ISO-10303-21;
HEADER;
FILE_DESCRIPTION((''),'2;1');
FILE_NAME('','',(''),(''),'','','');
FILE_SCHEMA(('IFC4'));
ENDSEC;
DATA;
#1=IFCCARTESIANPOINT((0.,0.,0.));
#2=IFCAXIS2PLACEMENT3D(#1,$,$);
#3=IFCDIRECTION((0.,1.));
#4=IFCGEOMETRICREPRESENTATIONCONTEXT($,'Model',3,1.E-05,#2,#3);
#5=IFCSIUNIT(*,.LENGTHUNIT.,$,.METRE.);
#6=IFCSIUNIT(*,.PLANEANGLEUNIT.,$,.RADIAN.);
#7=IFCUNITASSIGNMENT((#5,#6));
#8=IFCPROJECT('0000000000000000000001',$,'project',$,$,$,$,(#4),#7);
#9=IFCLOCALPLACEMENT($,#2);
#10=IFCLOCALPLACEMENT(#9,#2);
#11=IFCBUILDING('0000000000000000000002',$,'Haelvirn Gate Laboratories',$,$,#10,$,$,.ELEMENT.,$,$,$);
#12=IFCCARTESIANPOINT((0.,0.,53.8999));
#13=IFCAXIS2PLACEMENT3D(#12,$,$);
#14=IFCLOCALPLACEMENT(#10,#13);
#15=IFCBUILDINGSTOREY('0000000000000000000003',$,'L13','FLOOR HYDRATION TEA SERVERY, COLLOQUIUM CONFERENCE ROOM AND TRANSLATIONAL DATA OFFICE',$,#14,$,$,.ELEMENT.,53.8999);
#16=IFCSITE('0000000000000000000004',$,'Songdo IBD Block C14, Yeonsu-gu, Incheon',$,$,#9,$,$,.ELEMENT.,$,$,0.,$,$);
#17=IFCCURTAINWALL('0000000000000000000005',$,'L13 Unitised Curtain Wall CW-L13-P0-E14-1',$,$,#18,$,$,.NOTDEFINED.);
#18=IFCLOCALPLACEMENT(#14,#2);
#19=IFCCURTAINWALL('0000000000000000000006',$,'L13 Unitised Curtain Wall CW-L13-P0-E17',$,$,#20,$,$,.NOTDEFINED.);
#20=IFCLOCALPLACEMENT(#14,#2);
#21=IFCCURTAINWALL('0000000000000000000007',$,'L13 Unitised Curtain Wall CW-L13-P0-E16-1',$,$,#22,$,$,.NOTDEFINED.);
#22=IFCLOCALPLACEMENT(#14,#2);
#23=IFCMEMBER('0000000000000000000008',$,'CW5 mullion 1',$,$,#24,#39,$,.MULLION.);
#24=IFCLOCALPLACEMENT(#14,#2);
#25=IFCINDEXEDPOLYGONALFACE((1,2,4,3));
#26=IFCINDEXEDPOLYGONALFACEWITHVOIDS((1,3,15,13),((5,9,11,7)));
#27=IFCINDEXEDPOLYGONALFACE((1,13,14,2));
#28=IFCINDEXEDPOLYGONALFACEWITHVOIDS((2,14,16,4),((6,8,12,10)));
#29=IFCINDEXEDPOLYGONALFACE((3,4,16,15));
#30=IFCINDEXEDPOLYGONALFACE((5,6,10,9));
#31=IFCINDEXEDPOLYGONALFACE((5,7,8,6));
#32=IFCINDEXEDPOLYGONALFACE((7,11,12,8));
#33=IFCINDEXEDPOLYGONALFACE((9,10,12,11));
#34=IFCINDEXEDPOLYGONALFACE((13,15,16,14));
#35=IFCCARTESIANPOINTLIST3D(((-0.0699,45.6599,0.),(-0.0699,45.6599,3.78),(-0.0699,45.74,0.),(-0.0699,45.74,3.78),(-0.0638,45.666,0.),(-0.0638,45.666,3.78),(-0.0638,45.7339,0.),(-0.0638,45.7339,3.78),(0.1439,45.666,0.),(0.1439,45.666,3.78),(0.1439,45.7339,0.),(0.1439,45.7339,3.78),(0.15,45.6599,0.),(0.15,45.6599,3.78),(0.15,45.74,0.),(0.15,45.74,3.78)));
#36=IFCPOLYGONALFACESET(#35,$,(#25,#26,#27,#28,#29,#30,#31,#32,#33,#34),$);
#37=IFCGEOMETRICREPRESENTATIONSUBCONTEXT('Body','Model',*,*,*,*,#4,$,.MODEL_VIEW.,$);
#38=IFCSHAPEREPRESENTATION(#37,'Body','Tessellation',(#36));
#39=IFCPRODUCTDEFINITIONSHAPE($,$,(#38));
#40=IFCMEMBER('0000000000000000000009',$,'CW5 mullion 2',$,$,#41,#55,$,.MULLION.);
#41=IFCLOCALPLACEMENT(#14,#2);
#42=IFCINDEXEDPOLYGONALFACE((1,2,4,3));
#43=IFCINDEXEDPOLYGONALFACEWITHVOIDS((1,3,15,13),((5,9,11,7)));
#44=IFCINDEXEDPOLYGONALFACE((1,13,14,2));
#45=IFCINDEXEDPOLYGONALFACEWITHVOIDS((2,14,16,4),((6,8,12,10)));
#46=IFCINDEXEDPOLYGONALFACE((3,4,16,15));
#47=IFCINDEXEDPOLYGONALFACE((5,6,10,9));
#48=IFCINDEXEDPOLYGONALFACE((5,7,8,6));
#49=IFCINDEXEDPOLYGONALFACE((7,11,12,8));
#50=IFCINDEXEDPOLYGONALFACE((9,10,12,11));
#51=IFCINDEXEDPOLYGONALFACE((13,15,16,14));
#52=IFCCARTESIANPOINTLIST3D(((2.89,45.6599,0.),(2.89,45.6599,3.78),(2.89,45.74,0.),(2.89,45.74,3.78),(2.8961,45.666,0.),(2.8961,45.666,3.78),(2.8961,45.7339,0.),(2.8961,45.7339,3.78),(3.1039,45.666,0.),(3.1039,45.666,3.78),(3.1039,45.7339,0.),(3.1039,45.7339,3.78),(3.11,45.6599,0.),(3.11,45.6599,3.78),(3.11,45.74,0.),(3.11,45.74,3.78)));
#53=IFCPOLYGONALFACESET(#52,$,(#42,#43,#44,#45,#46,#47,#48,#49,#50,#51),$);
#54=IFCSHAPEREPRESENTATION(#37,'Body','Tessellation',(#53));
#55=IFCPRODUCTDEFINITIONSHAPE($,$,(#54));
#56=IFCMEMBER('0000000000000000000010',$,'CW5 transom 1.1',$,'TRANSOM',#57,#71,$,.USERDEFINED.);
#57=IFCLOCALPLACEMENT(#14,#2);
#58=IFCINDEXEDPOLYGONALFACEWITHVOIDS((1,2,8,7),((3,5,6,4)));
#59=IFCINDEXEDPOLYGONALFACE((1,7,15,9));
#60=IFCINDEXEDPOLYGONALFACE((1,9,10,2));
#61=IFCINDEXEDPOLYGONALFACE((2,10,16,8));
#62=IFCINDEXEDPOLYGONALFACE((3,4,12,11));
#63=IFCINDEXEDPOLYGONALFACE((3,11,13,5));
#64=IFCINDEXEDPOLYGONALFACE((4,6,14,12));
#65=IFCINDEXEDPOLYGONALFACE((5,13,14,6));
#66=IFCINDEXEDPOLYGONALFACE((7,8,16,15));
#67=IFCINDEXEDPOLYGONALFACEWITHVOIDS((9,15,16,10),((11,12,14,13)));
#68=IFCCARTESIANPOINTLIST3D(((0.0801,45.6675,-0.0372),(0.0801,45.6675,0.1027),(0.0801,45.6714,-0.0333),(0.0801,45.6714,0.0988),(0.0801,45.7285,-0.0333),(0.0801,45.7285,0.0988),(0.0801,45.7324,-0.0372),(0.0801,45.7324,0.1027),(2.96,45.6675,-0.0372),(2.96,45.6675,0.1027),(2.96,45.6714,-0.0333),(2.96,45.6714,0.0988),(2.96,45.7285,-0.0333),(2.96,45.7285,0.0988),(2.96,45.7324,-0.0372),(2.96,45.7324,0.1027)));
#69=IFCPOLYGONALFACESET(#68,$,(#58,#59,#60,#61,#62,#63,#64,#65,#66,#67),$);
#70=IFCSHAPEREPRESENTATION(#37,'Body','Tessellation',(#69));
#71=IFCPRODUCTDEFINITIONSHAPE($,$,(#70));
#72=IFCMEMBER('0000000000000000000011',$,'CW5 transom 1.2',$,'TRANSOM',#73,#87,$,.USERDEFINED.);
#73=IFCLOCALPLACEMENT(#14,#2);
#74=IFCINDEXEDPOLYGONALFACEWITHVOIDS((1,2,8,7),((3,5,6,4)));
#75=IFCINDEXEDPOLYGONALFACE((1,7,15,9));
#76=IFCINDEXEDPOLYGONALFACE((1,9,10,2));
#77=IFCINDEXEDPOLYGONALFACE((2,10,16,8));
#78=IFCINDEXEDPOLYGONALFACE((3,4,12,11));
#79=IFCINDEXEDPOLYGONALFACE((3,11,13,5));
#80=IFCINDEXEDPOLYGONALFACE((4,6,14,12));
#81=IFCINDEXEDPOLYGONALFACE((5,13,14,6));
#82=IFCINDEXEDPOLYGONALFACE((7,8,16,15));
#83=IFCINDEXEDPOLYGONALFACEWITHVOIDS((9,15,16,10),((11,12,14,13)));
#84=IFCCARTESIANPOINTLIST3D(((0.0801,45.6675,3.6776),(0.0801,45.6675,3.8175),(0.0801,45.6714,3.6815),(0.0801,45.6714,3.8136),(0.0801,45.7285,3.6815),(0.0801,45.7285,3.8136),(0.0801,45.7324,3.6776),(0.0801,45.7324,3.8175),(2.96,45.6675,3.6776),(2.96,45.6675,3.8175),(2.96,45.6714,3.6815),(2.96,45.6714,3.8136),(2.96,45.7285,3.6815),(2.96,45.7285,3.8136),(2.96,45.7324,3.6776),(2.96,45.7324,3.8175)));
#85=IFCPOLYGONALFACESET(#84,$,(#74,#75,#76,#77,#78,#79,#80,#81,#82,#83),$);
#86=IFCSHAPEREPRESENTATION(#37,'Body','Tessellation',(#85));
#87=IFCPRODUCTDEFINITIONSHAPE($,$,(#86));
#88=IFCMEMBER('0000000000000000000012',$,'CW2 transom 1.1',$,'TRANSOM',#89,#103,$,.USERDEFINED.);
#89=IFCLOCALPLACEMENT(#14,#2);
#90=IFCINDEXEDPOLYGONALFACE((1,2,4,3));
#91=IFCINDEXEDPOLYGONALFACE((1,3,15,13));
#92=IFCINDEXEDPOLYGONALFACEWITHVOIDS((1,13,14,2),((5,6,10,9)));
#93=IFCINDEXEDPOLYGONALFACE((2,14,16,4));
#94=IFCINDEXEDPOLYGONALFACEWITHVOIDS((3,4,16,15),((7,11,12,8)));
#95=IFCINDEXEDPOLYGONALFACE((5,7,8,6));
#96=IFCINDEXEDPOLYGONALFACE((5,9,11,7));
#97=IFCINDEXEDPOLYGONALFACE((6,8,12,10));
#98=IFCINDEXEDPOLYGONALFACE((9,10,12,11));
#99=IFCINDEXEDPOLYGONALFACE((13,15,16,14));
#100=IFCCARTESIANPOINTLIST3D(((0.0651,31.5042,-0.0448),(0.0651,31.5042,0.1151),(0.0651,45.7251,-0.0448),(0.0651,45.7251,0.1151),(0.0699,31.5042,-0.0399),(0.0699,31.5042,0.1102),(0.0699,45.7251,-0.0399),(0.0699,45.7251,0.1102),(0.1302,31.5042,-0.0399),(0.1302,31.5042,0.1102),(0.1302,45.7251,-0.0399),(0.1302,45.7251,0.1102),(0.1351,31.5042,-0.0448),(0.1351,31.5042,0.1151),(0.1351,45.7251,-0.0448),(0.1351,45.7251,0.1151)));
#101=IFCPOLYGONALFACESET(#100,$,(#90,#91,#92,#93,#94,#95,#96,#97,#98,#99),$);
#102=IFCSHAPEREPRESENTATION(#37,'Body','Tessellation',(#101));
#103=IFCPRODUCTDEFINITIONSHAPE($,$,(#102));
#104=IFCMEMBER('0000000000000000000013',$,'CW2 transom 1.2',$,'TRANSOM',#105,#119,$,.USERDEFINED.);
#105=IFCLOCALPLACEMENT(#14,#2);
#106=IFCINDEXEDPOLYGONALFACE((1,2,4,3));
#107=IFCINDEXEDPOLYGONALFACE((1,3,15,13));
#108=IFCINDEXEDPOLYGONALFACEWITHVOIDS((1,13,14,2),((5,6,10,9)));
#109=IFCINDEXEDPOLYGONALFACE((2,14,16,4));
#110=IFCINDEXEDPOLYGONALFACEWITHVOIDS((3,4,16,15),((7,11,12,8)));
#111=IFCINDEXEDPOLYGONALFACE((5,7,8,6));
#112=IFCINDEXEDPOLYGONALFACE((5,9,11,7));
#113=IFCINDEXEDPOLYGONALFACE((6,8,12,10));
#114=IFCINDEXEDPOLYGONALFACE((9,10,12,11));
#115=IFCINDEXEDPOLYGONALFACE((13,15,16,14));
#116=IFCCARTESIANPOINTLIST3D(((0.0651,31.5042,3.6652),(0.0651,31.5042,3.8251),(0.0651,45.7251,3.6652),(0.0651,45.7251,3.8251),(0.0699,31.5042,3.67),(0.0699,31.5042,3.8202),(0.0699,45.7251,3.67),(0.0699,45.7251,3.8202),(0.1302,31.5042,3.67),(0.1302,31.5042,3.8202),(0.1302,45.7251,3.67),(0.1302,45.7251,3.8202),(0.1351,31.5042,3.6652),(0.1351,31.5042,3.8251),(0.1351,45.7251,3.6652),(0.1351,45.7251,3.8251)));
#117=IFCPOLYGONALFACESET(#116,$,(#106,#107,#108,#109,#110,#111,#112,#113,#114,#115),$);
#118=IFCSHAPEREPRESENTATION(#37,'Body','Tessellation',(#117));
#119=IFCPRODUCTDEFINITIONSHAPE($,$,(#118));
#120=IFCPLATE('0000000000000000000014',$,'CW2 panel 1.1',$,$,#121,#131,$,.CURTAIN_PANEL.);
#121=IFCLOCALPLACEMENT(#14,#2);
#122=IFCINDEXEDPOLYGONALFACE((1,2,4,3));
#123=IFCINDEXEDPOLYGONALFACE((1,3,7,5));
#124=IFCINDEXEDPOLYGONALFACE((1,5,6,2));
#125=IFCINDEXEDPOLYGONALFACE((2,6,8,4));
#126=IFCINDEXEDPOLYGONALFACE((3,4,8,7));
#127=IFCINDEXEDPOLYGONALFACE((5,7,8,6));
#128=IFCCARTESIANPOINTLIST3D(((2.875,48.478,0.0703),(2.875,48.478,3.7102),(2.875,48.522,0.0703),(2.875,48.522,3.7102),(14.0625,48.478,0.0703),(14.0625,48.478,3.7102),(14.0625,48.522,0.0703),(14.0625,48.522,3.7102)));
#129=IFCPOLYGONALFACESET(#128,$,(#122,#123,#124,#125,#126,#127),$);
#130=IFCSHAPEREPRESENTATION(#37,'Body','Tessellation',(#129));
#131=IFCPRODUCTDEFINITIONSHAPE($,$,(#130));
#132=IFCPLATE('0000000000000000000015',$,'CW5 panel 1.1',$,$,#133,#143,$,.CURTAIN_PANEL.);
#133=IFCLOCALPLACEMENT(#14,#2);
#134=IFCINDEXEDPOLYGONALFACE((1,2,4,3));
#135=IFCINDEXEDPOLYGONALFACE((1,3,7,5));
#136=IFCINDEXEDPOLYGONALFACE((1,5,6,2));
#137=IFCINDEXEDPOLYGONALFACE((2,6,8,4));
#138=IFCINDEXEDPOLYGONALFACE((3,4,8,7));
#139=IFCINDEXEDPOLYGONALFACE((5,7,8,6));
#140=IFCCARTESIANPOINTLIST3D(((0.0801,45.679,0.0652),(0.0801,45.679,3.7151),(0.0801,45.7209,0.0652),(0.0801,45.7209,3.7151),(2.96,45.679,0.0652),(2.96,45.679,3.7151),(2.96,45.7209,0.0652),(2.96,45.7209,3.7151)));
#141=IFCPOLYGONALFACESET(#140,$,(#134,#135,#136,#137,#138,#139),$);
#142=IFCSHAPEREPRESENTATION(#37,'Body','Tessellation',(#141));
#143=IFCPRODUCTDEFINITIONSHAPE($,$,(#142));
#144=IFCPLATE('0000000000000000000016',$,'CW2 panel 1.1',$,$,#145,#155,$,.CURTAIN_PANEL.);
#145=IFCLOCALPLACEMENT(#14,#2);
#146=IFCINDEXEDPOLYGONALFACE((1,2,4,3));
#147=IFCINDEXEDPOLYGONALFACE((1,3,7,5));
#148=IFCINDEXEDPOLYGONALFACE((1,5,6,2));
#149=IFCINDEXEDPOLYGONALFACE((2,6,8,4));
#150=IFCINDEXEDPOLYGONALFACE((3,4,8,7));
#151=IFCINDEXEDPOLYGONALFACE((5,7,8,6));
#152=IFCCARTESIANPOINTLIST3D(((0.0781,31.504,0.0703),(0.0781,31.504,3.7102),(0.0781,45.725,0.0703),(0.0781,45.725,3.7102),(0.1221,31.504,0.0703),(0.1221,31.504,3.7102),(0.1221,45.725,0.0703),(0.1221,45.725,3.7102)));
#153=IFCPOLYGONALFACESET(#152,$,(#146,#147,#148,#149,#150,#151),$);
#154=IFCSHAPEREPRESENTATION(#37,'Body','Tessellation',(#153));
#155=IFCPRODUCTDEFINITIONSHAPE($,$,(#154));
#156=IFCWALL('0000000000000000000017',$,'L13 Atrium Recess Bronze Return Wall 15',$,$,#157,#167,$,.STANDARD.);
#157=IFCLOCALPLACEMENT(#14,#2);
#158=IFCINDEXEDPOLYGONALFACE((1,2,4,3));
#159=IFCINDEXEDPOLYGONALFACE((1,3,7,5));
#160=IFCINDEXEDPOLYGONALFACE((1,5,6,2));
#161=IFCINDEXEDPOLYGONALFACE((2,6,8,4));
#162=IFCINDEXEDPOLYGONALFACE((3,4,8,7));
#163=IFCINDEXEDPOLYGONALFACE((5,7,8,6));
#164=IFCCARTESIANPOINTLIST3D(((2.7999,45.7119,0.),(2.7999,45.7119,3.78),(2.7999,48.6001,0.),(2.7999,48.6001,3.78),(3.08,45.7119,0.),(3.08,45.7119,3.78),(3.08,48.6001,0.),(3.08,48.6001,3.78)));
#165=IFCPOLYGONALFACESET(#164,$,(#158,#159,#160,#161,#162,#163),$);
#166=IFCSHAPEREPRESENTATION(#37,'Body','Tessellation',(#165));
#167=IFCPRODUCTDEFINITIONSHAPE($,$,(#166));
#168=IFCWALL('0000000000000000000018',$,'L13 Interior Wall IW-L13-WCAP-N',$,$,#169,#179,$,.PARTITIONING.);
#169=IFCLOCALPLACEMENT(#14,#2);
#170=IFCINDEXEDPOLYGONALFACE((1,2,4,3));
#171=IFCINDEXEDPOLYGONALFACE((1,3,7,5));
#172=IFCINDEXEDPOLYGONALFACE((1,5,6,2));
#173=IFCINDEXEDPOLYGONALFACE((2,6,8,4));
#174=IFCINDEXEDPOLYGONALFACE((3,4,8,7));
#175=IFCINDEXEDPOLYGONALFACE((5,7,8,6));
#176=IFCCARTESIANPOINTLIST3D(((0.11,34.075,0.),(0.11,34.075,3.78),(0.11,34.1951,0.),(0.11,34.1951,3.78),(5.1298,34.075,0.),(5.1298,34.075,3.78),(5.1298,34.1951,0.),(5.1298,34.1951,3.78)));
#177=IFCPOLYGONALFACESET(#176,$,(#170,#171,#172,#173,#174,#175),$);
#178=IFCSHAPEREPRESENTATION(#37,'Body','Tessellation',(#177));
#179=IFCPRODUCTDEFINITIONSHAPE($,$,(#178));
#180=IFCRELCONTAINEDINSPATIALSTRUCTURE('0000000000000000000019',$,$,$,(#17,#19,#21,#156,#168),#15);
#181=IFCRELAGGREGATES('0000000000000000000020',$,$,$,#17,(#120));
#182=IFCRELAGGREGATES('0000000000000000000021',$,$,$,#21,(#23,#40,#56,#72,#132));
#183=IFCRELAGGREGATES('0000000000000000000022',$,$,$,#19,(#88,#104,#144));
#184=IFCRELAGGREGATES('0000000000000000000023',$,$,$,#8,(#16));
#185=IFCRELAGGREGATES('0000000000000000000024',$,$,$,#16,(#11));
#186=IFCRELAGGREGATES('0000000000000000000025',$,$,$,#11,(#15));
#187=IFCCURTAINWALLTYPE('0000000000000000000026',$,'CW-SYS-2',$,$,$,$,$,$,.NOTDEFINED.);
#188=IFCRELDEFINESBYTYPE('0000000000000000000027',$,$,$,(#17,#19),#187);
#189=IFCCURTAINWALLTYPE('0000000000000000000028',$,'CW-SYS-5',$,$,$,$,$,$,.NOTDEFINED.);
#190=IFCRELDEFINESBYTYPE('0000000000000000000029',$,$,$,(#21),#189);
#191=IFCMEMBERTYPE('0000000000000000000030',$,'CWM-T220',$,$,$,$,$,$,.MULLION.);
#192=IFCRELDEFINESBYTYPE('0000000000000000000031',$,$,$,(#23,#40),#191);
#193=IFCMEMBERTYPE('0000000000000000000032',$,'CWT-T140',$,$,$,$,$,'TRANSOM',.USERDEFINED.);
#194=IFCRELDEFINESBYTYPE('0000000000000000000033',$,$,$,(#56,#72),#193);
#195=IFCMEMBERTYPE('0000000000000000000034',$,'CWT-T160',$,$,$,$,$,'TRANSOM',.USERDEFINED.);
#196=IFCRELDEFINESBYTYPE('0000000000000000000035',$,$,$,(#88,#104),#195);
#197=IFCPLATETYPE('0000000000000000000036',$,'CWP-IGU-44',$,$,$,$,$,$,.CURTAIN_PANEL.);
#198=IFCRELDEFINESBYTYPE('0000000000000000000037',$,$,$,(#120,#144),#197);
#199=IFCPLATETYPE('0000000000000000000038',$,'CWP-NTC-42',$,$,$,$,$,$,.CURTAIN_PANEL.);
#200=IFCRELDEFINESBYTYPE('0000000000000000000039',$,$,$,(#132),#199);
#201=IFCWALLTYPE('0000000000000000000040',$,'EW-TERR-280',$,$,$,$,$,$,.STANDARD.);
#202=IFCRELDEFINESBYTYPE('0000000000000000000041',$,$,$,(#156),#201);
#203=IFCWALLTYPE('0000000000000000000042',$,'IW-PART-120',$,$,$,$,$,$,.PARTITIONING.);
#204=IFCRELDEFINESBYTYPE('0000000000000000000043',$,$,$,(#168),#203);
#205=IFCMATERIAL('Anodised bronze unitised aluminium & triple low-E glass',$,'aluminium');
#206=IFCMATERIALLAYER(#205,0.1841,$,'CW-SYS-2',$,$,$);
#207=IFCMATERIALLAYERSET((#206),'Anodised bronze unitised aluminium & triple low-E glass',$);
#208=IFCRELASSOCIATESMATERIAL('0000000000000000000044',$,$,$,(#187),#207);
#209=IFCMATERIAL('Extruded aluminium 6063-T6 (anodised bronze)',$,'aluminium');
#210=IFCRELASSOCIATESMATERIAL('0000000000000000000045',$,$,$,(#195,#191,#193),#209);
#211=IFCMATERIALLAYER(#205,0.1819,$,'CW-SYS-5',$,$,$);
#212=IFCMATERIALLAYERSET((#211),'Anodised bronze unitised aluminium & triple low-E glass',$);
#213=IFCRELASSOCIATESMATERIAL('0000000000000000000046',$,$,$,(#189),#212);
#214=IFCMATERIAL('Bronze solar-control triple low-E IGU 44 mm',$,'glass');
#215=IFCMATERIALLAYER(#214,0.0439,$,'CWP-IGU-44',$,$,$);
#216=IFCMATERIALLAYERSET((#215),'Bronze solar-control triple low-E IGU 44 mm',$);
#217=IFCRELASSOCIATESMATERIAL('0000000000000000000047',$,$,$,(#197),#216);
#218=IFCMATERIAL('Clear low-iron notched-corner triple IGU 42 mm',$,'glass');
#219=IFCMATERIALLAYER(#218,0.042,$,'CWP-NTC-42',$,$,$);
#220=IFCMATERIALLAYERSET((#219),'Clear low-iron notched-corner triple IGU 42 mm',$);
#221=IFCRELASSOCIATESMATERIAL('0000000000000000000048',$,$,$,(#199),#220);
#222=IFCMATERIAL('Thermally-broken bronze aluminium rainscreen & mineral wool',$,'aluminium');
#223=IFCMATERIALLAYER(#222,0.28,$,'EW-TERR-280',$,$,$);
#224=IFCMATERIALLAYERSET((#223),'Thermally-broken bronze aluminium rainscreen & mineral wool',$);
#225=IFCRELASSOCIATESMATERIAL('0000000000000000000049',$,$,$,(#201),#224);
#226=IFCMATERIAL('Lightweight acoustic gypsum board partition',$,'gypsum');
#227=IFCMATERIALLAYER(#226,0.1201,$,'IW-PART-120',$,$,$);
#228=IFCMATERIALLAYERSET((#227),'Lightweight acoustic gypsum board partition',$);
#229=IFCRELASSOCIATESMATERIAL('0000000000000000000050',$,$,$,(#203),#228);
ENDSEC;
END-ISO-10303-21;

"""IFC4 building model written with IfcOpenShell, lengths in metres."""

from ifc_helpers import new_model, si_unit, direction, frame, frame_2d, origin, origin_2d, place, context, subcontext, project, spatial, rectangle, hollow_rectangle, extrude, source, transform, mapped, material, layer, layer_set, material_profile, profile_set, type_object, type_shapes, element, aggregate, save


model = new_model("IFC4")

# Units and contexts
model_context = context("Model", 3, precision=1e-05, world=origin(), true_north=direction((0.0, 1.0)))
body_context = subcontext(model_context, "Body", "Model", "MODEL_VIEW")
ifc_project = project(units=[si_unit("LENGTHUNIT", "METRE"), si_unit("PLANEANGLEUNIT", "RADIAN")], contexts=[model_context])

# Site, building, storey
site_placement = place(None, origin())
site = spatial("IfcSite", under=ifc_project, at=site_placement, Name="Songdo IBD Block C14, Yeonsu-gu, Incheon", CompositionType="ELEMENT", RefElevation=0.0)
building_placement = place(site_placement, origin())
building = spatial("IfcBuilding", under=site, at=building_placement, Name="Haelvirn Gate Laboratories", CompositionType="ELEMENT")
storey_placement = place(building_placement, frame((0.0, 0.0, 53.8999)))
storey = spatial("IfcBuildingStorey", under=building, at=storey_placement, Name="L13", Description="FLOOR HYDRATION TEA SERVERY, COLLOQUIUM CONFERENCE ROOM AND TRANSLATIONAL DATA OFFICE", CompositionType="ELEMENT", Elevation=53.8999)

# Curtain walls
ifc_material_1 = material(Name="Anodised bronze unitised aluminium & triple low-E glass", Category="aluminium")
ifc_layer_1 = layer(ifc_material_1, 0.1841, Name="CW-SYS-2")
ifc_layer_set_1 = layer_set([ifc_layer_1], Name="Anodised bronze unitised aluminium & triple low-E glass")
curtain_wall_type_1 = type_object("IfcCurtainWallType", Name="CW-SYS-2", PredefinedType="NOTDEFINED", material=ifc_layer_set_1)
curtain_wall_1_placement = place(storey_placement, origin())
curtain_wall_1 = element("IfcCurtainWall", 1, at=curtain_wall_1_placement, inside=storey, type_object=curtain_wall_type_1, Name="L13 Unitised Curtain Wall CW-L13-P0-E14-1", PredefinedType="NOTDEFINED")
ifc_material_2 = material(Name="Extruded aluminium 6063-T6 (anodised bronze)", Category="aluminium")
curtain_wall_2_placement = place(storey_placement, origin())
curtain_wall_2 = element("IfcCurtainWall", 2, at=curtain_wall_2_placement, inside=storey, type_object=curtain_wall_type_1, Name="L13 Unitised Curtain Wall CW-L13-P0-E17", PredefinedType="NOTDEFINED")

# Shared definitions
ifc_material_profile_1 = material_profile(ifc_material_2, hollow_rectangle(XDim=0.0701, YDim=0.1599, WallThickness=0.0049, at=origin_2d()), Name="CWT-160x70x5")
ifc_profile_set_1 = profile_set([ifc_material_profile_1], Name="Extruded aluminium 6063-T6 (anodised bronze)")
member_type_1 = type_object("IfcMemberType", Name="CWT-T160", ElementType="TRANSOM", PredefinedType="USERDEFINED", material=ifc_profile_set_1)

# Curtain wall, members
ifc_layer_2 = layer(ifc_material_1, 0.1819, Name="CW-SYS-5")
ifc_layer_set_2 = layer_set([ifc_layer_2], Name="Anodised bronze unitised aluminium & triple low-E glass")
curtain_wall_type_2 = type_object("IfcCurtainWallType", Name="CW-SYS-5", PredefinedType="NOTDEFINED", material=ifc_layer_set_2)
curtain_wall_3_placement = place(storey_placement, origin())
curtain_wall_3 = element("IfcCurtainWall", 3, at=curtain_wall_3_placement, inside=storey, type_object=curtain_wall_type_2, Name="L13 Unitised Curtain Wall CW-L13-P0-E16-1", PredefinedType="NOTDEFINED")
ifc_material_profile_2 = material_profile(ifc_material_2, hollow_rectangle(XDim=0.0801, YDim=0.22, WallThickness=0.0061, at=origin_2d()), Name="CWM-220x80x6")
ifc_profile_set_2 = profile_set([ifc_material_profile_2], Name="Extruded aluminium 6063-T6 (anodised bronze)")
member_type_2 = type_object("IfcMemberType", Name="CWM-T220", PredefinedType="MULLION", material=ifc_profile_set_2)
shared_shape_1 = source(origin(), body_context, "Body", "SweptSolid", [
    extrude(hollow_rectangle(XDim=0.0801, YDim=0.22, WallThickness=0.0061, at=origin_2d()), origin(), (0.0, 0.0, 1.0), 3.78),
])
type_shapes(member_type_2, [shared_shape_1])
member_1_placement = place(storey_placement, frame((0.04, 45.7, 0.0), z_axis=(0.0, 0.0, 1.0), x_axis=(0.0, 1.0, 0.0)))
member_1 = element("IfcMember", 4, at=member_1_placement, type_object=member_type_2, Name="CW5 mullion 1", PredefinedType="MULLION", context=body_context, shape_type="MappedRepresentation", body=[
    mapped(shared_shape_1, transform((0.0, 0.0, 0.0), scale=1.0)),
])
member_2_placement = place(storey_placement, frame((3.0, 45.7, 0.0), z_axis=(0.0, 0.0, 1.0), x_axis=(0.0, 1.0, 0.0)))
member_2 = element("IfcMember", 5, at=member_2_placement, type_object=member_type_2, Name="CW5 mullion 2", PredefinedType="MULLION", context=body_context, shape_type="MappedRepresentation", body=[
    mapped(shared_shape_1, transform((0.0, 0.0, 0.0), scale=1.0)),
])
ifc_material_profile_3 = material_profile(ifc_material_2, hollow_rectangle(XDim=0.0649, YDim=0.1399, WallThickness=0.0039, at=origin_2d()), Name="CWT-140x65x4")
ifc_profile_set_3 = profile_set([ifc_material_profile_3], Name="Extruded aluminium 6063-T6 (anodised bronze)")
member_type_3 = type_object("IfcMemberType", Name="CWT-T140", ElementType="TRANSOM", PredefinedType="USERDEFINED", material=ifc_profile_set_3)
shared_shape_2 = source(origin(), body_context, "Body", "SweptSolid", [
    extrude(hollow_rectangle(XDim=0.0649, YDim=0.1399, WallThickness=0.0039, at=origin_2d()), origin(), (0.0, 0.0, 1.0), 2.8799),
])
type_shapes(member_type_3, [shared_shape_2])
member_3_placement = place(storey_placement, frame((0.0801, 45.7, 0.0327), z_axis=(1.0, 0.0, 0.0), x_axis=(0.0, 1.0, 0.0)))
member_3 = element("IfcMember", 6, at=member_3_placement, type_object=member_type_3, Name="CW5 transom 1.1", ObjectType="TRANSOM", PredefinedType="USERDEFINED", context=body_context, shape_type="MappedRepresentation", body=[
    mapped(shared_shape_2, transform((0.0, 0.0, 0.0), scale=1.0)),
])
member_4_placement = place(storey_placement, frame((0.0801, 45.7, 3.7476), z_axis=(1.0, 0.0, 0.0), x_axis=(0.0, 1.0, 0.0)))
member_4 = element("IfcMember", 7, at=member_4_placement, type_object=member_type_3, Name="CW5 transom 1.2", ObjectType="TRANSOM", PredefinedType="USERDEFINED", context=body_context, shape_type="MappedRepresentation", body=[
    mapped(shared_shape_2, transform((0.0, 0.0, 0.0), scale=1.0)),
])

# Members
shared_shape_3 = source(origin(), body_context, "Body", "SweptSolid", [
    extrude(hollow_rectangle(XDim=0.0701, YDim=0.1599, WallThickness=0.0049, at=origin_2d()), origin(), (0.0, 0.0, 1.0), 14.2209),
])
member_5_placement = place(storey_placement, frame((0.1001, 45.7251, 0.0352), z_axis=(0.0, -1.0, 0.0), x_axis=(1.0, 0.0, 0.0)))
member_5 = element("IfcMember", 8, at=member_5_placement, type_object=member_type_1, Name="CW2 transom 1.1", ObjectType="TRANSOM", PredefinedType="USERDEFINED", context=body_context, shape_type="MappedRepresentation", body=[
    mapped(shared_shape_3, transform((0.0, 0.0, 0.0), scale=1.0)),
])
member_6_placement = place(storey_placement, frame((0.1001, 45.7251, 3.7451), z_axis=(0.0, -1.0, 0.0), x_axis=(1.0, 0.0, 0.0)))
member_6 = element("IfcMember", 9, at=member_6_placement, type_object=member_type_1, Name="CW2 transom 1.2", ObjectType="TRANSOM", PredefinedType="USERDEFINED", context=body_context, shape_type="MappedRepresentation", body=[
    mapped(shared_shape_3, transform((0.0, 0.0, 0.0), scale=1.0)),
])

# Plates
ifc_material_3 = material(Name="Bronze solar-control triple low-E IGU 44 mm", Category="glass")
ifc_layer_3 = layer(ifc_material_3, 0.0439, Name="CWP-IGU-44")
ifc_layer_set_3 = layer_set([ifc_layer_3], Name="Bronze solar-control triple low-E IGU 44 mm")
plate_type_1 = type_object("IfcPlateType", Name="CWP-IGU-44", PredefinedType="CURTAIN_PANEL", material=ifc_layer_set_3)
shared_shape_4 = source(origin(), body_context, "Body", "SweptSolid", [
    extrude(rectangle(XDim=11.1875, YDim=0.0439, at=origin_2d()), origin(), (0.0, 0.0, 1.0), 3.6399),
])
plate_1_placement = place(storey_placement, frame((8.4688, 48.5, 0.0703), z_axis=(0.0, 0.0, 1.0), x_axis=(1.0, 0.0, 0.0)))
plate_1 = element("IfcPlate", 10, at=plate_1_placement, type_object=plate_type_1, Name="CW2 panel 1.1", PredefinedType="CURTAIN_PANEL", context=body_context, shape_type="MappedRepresentation", body=[
    mapped(shared_shape_4, transform((0.0, 0.0, 0.0), scale=1.0)),
])
aggregate(curtain_wall_1, [plate_1])
ifc_material_4 = material(Name="Clear low-iron notched-corner triple IGU 42 mm", Category="glass")
ifc_layer_4 = layer(ifc_material_4, 0.042, Name="CWP-NTC-42")
ifc_layer_set_4 = layer_set([ifc_layer_4], Name="Clear low-iron notched-corner triple IGU 42 mm")
plate_type_2 = type_object("IfcPlateType", Name="CWP-NTC-42", PredefinedType="CURTAIN_PANEL", material=ifc_layer_set_4)
shared_shape_5 = source(origin(), body_context, "Body", "SweptSolid", [
    extrude(rectangle(XDim=2.8799, YDim=0.042, at=origin_2d()), origin(), (0.0, 0.0, 1.0), 3.6499),
])
type_shapes(plate_type_2, [shared_shape_5])
plate_2_placement = place(storey_placement, frame((1.52, 45.7, 0.0652), z_axis=(0.0, 0.0, 1.0), x_axis=(1.0, 0.0, 0.0)))
plate_2 = element("IfcPlate", 11, at=plate_2_placement, type_object=plate_type_2, Name="CW5 panel 1.1", PredefinedType="CURTAIN_PANEL", context=body_context, shape_type="MappedRepresentation", body=[
    mapped(shared_shape_5, transform((0.0, 0.0, 0.0), scale=1.0)),
])
aggregate(curtain_wall_3, [member_1, member_2, member_3, member_4, plate_2])
shared_shape_6 = source(origin(), body_context, "Body", "SweptSolid", [
    extrude(rectangle(XDim=14.2209, YDim=0.0439, at=origin_2d()), origin(), (0.0, 0.0, 1.0), 3.6399),
])
type_shapes(plate_type_1, [shared_shape_4, shared_shape_6])
plate_3_placement = place(storey_placement, frame((0.1001, 38.6145, 0.0703), z_axis=(0.0, 0.0, 1.0), x_axis=(0.0, -1.0, 0.0)))
plate_3 = element("IfcPlate", 12, at=plate_3_placement, type_object=plate_type_1, Name="CW2 panel 1.1", PredefinedType="CURTAIN_PANEL", context=body_context, shape_type="MappedRepresentation", body=[
    mapped(shared_shape_6, transform((0.0, 0.0, 0.0), scale=1.0)),
])
aggregate(curtain_wall_2, [member_5, member_6, plate_3])

# Walls
ifc_material_5 = material(Name="Thermally-broken bronze aluminium rainscreen & mineral wool", Category="aluminium")
ifc_layer_5 = layer(ifc_material_5, 0.28, Name="EW-TERR-280")
ifc_layer_set_5 = layer_set([ifc_layer_5], Name="Thermally-broken bronze aluminium rainscreen & mineral wool")
wall_type_1 = type_object("IfcWallType", Name="EW-TERR-280", PredefinedType="STANDARD", material=ifc_layer_set_5)
wall_1_placement = place(storey_placement, frame((2.9399, 48.6001, 0.0), z_axis=(0.0, 0.0, 1.0), x_axis=(0.0, -1.0, 0.0)))
element("IfcWall", 13, at=wall_1_placement, inside=storey, type_object=wall_type_1, Name="L13 Atrium Recess Bronze Return Wall 15", PredefinedType="STANDARD", context=body_context, shape_type="SweptSolid", body=[
    extrude(rectangle(XDim=2.8882, YDim=0.28, at=frame_2d((1.4441, 0.0))), origin(), (0.0, 0.0, 1.0), 3.78),
])
ifc_material_6 = material(Name="Lightweight acoustic gypsum board partition", Category="gypsum")
ifc_layer_6 = layer(ifc_material_6, 0.1201, Name="IW-PART-120")
ifc_layer_set_6 = layer_set([ifc_layer_6], Name="Lightweight acoustic gypsum board partition")
wall_type_2 = type_object("IfcWallType", Name="IW-PART-120", PredefinedType="PARTITIONING", material=ifc_layer_set_6)
wall_2_placement = place(storey_placement, frame((0.1101, 34.135, 0.0), z_axis=(0.0, 0.0, 1.0), x_axis=(1.0, 0.0, 0.0)))
element("IfcWall", 14, at=wall_2_placement, inside=storey, type_object=wall_type_2, Name="L13 Interior Wall IW-L13-WCAP-N", PredefinedType="PARTITIONING", context=body_context, shape_type="SweptSolid", body=[
    extrude(rectangle(XDim=5.0198, YDim=0.1201, at=frame_2d((2.5098, 0.0))), origin(), (0.0, 0.0, 1.0), 3.78),
])

save(model, "model.ifc")
